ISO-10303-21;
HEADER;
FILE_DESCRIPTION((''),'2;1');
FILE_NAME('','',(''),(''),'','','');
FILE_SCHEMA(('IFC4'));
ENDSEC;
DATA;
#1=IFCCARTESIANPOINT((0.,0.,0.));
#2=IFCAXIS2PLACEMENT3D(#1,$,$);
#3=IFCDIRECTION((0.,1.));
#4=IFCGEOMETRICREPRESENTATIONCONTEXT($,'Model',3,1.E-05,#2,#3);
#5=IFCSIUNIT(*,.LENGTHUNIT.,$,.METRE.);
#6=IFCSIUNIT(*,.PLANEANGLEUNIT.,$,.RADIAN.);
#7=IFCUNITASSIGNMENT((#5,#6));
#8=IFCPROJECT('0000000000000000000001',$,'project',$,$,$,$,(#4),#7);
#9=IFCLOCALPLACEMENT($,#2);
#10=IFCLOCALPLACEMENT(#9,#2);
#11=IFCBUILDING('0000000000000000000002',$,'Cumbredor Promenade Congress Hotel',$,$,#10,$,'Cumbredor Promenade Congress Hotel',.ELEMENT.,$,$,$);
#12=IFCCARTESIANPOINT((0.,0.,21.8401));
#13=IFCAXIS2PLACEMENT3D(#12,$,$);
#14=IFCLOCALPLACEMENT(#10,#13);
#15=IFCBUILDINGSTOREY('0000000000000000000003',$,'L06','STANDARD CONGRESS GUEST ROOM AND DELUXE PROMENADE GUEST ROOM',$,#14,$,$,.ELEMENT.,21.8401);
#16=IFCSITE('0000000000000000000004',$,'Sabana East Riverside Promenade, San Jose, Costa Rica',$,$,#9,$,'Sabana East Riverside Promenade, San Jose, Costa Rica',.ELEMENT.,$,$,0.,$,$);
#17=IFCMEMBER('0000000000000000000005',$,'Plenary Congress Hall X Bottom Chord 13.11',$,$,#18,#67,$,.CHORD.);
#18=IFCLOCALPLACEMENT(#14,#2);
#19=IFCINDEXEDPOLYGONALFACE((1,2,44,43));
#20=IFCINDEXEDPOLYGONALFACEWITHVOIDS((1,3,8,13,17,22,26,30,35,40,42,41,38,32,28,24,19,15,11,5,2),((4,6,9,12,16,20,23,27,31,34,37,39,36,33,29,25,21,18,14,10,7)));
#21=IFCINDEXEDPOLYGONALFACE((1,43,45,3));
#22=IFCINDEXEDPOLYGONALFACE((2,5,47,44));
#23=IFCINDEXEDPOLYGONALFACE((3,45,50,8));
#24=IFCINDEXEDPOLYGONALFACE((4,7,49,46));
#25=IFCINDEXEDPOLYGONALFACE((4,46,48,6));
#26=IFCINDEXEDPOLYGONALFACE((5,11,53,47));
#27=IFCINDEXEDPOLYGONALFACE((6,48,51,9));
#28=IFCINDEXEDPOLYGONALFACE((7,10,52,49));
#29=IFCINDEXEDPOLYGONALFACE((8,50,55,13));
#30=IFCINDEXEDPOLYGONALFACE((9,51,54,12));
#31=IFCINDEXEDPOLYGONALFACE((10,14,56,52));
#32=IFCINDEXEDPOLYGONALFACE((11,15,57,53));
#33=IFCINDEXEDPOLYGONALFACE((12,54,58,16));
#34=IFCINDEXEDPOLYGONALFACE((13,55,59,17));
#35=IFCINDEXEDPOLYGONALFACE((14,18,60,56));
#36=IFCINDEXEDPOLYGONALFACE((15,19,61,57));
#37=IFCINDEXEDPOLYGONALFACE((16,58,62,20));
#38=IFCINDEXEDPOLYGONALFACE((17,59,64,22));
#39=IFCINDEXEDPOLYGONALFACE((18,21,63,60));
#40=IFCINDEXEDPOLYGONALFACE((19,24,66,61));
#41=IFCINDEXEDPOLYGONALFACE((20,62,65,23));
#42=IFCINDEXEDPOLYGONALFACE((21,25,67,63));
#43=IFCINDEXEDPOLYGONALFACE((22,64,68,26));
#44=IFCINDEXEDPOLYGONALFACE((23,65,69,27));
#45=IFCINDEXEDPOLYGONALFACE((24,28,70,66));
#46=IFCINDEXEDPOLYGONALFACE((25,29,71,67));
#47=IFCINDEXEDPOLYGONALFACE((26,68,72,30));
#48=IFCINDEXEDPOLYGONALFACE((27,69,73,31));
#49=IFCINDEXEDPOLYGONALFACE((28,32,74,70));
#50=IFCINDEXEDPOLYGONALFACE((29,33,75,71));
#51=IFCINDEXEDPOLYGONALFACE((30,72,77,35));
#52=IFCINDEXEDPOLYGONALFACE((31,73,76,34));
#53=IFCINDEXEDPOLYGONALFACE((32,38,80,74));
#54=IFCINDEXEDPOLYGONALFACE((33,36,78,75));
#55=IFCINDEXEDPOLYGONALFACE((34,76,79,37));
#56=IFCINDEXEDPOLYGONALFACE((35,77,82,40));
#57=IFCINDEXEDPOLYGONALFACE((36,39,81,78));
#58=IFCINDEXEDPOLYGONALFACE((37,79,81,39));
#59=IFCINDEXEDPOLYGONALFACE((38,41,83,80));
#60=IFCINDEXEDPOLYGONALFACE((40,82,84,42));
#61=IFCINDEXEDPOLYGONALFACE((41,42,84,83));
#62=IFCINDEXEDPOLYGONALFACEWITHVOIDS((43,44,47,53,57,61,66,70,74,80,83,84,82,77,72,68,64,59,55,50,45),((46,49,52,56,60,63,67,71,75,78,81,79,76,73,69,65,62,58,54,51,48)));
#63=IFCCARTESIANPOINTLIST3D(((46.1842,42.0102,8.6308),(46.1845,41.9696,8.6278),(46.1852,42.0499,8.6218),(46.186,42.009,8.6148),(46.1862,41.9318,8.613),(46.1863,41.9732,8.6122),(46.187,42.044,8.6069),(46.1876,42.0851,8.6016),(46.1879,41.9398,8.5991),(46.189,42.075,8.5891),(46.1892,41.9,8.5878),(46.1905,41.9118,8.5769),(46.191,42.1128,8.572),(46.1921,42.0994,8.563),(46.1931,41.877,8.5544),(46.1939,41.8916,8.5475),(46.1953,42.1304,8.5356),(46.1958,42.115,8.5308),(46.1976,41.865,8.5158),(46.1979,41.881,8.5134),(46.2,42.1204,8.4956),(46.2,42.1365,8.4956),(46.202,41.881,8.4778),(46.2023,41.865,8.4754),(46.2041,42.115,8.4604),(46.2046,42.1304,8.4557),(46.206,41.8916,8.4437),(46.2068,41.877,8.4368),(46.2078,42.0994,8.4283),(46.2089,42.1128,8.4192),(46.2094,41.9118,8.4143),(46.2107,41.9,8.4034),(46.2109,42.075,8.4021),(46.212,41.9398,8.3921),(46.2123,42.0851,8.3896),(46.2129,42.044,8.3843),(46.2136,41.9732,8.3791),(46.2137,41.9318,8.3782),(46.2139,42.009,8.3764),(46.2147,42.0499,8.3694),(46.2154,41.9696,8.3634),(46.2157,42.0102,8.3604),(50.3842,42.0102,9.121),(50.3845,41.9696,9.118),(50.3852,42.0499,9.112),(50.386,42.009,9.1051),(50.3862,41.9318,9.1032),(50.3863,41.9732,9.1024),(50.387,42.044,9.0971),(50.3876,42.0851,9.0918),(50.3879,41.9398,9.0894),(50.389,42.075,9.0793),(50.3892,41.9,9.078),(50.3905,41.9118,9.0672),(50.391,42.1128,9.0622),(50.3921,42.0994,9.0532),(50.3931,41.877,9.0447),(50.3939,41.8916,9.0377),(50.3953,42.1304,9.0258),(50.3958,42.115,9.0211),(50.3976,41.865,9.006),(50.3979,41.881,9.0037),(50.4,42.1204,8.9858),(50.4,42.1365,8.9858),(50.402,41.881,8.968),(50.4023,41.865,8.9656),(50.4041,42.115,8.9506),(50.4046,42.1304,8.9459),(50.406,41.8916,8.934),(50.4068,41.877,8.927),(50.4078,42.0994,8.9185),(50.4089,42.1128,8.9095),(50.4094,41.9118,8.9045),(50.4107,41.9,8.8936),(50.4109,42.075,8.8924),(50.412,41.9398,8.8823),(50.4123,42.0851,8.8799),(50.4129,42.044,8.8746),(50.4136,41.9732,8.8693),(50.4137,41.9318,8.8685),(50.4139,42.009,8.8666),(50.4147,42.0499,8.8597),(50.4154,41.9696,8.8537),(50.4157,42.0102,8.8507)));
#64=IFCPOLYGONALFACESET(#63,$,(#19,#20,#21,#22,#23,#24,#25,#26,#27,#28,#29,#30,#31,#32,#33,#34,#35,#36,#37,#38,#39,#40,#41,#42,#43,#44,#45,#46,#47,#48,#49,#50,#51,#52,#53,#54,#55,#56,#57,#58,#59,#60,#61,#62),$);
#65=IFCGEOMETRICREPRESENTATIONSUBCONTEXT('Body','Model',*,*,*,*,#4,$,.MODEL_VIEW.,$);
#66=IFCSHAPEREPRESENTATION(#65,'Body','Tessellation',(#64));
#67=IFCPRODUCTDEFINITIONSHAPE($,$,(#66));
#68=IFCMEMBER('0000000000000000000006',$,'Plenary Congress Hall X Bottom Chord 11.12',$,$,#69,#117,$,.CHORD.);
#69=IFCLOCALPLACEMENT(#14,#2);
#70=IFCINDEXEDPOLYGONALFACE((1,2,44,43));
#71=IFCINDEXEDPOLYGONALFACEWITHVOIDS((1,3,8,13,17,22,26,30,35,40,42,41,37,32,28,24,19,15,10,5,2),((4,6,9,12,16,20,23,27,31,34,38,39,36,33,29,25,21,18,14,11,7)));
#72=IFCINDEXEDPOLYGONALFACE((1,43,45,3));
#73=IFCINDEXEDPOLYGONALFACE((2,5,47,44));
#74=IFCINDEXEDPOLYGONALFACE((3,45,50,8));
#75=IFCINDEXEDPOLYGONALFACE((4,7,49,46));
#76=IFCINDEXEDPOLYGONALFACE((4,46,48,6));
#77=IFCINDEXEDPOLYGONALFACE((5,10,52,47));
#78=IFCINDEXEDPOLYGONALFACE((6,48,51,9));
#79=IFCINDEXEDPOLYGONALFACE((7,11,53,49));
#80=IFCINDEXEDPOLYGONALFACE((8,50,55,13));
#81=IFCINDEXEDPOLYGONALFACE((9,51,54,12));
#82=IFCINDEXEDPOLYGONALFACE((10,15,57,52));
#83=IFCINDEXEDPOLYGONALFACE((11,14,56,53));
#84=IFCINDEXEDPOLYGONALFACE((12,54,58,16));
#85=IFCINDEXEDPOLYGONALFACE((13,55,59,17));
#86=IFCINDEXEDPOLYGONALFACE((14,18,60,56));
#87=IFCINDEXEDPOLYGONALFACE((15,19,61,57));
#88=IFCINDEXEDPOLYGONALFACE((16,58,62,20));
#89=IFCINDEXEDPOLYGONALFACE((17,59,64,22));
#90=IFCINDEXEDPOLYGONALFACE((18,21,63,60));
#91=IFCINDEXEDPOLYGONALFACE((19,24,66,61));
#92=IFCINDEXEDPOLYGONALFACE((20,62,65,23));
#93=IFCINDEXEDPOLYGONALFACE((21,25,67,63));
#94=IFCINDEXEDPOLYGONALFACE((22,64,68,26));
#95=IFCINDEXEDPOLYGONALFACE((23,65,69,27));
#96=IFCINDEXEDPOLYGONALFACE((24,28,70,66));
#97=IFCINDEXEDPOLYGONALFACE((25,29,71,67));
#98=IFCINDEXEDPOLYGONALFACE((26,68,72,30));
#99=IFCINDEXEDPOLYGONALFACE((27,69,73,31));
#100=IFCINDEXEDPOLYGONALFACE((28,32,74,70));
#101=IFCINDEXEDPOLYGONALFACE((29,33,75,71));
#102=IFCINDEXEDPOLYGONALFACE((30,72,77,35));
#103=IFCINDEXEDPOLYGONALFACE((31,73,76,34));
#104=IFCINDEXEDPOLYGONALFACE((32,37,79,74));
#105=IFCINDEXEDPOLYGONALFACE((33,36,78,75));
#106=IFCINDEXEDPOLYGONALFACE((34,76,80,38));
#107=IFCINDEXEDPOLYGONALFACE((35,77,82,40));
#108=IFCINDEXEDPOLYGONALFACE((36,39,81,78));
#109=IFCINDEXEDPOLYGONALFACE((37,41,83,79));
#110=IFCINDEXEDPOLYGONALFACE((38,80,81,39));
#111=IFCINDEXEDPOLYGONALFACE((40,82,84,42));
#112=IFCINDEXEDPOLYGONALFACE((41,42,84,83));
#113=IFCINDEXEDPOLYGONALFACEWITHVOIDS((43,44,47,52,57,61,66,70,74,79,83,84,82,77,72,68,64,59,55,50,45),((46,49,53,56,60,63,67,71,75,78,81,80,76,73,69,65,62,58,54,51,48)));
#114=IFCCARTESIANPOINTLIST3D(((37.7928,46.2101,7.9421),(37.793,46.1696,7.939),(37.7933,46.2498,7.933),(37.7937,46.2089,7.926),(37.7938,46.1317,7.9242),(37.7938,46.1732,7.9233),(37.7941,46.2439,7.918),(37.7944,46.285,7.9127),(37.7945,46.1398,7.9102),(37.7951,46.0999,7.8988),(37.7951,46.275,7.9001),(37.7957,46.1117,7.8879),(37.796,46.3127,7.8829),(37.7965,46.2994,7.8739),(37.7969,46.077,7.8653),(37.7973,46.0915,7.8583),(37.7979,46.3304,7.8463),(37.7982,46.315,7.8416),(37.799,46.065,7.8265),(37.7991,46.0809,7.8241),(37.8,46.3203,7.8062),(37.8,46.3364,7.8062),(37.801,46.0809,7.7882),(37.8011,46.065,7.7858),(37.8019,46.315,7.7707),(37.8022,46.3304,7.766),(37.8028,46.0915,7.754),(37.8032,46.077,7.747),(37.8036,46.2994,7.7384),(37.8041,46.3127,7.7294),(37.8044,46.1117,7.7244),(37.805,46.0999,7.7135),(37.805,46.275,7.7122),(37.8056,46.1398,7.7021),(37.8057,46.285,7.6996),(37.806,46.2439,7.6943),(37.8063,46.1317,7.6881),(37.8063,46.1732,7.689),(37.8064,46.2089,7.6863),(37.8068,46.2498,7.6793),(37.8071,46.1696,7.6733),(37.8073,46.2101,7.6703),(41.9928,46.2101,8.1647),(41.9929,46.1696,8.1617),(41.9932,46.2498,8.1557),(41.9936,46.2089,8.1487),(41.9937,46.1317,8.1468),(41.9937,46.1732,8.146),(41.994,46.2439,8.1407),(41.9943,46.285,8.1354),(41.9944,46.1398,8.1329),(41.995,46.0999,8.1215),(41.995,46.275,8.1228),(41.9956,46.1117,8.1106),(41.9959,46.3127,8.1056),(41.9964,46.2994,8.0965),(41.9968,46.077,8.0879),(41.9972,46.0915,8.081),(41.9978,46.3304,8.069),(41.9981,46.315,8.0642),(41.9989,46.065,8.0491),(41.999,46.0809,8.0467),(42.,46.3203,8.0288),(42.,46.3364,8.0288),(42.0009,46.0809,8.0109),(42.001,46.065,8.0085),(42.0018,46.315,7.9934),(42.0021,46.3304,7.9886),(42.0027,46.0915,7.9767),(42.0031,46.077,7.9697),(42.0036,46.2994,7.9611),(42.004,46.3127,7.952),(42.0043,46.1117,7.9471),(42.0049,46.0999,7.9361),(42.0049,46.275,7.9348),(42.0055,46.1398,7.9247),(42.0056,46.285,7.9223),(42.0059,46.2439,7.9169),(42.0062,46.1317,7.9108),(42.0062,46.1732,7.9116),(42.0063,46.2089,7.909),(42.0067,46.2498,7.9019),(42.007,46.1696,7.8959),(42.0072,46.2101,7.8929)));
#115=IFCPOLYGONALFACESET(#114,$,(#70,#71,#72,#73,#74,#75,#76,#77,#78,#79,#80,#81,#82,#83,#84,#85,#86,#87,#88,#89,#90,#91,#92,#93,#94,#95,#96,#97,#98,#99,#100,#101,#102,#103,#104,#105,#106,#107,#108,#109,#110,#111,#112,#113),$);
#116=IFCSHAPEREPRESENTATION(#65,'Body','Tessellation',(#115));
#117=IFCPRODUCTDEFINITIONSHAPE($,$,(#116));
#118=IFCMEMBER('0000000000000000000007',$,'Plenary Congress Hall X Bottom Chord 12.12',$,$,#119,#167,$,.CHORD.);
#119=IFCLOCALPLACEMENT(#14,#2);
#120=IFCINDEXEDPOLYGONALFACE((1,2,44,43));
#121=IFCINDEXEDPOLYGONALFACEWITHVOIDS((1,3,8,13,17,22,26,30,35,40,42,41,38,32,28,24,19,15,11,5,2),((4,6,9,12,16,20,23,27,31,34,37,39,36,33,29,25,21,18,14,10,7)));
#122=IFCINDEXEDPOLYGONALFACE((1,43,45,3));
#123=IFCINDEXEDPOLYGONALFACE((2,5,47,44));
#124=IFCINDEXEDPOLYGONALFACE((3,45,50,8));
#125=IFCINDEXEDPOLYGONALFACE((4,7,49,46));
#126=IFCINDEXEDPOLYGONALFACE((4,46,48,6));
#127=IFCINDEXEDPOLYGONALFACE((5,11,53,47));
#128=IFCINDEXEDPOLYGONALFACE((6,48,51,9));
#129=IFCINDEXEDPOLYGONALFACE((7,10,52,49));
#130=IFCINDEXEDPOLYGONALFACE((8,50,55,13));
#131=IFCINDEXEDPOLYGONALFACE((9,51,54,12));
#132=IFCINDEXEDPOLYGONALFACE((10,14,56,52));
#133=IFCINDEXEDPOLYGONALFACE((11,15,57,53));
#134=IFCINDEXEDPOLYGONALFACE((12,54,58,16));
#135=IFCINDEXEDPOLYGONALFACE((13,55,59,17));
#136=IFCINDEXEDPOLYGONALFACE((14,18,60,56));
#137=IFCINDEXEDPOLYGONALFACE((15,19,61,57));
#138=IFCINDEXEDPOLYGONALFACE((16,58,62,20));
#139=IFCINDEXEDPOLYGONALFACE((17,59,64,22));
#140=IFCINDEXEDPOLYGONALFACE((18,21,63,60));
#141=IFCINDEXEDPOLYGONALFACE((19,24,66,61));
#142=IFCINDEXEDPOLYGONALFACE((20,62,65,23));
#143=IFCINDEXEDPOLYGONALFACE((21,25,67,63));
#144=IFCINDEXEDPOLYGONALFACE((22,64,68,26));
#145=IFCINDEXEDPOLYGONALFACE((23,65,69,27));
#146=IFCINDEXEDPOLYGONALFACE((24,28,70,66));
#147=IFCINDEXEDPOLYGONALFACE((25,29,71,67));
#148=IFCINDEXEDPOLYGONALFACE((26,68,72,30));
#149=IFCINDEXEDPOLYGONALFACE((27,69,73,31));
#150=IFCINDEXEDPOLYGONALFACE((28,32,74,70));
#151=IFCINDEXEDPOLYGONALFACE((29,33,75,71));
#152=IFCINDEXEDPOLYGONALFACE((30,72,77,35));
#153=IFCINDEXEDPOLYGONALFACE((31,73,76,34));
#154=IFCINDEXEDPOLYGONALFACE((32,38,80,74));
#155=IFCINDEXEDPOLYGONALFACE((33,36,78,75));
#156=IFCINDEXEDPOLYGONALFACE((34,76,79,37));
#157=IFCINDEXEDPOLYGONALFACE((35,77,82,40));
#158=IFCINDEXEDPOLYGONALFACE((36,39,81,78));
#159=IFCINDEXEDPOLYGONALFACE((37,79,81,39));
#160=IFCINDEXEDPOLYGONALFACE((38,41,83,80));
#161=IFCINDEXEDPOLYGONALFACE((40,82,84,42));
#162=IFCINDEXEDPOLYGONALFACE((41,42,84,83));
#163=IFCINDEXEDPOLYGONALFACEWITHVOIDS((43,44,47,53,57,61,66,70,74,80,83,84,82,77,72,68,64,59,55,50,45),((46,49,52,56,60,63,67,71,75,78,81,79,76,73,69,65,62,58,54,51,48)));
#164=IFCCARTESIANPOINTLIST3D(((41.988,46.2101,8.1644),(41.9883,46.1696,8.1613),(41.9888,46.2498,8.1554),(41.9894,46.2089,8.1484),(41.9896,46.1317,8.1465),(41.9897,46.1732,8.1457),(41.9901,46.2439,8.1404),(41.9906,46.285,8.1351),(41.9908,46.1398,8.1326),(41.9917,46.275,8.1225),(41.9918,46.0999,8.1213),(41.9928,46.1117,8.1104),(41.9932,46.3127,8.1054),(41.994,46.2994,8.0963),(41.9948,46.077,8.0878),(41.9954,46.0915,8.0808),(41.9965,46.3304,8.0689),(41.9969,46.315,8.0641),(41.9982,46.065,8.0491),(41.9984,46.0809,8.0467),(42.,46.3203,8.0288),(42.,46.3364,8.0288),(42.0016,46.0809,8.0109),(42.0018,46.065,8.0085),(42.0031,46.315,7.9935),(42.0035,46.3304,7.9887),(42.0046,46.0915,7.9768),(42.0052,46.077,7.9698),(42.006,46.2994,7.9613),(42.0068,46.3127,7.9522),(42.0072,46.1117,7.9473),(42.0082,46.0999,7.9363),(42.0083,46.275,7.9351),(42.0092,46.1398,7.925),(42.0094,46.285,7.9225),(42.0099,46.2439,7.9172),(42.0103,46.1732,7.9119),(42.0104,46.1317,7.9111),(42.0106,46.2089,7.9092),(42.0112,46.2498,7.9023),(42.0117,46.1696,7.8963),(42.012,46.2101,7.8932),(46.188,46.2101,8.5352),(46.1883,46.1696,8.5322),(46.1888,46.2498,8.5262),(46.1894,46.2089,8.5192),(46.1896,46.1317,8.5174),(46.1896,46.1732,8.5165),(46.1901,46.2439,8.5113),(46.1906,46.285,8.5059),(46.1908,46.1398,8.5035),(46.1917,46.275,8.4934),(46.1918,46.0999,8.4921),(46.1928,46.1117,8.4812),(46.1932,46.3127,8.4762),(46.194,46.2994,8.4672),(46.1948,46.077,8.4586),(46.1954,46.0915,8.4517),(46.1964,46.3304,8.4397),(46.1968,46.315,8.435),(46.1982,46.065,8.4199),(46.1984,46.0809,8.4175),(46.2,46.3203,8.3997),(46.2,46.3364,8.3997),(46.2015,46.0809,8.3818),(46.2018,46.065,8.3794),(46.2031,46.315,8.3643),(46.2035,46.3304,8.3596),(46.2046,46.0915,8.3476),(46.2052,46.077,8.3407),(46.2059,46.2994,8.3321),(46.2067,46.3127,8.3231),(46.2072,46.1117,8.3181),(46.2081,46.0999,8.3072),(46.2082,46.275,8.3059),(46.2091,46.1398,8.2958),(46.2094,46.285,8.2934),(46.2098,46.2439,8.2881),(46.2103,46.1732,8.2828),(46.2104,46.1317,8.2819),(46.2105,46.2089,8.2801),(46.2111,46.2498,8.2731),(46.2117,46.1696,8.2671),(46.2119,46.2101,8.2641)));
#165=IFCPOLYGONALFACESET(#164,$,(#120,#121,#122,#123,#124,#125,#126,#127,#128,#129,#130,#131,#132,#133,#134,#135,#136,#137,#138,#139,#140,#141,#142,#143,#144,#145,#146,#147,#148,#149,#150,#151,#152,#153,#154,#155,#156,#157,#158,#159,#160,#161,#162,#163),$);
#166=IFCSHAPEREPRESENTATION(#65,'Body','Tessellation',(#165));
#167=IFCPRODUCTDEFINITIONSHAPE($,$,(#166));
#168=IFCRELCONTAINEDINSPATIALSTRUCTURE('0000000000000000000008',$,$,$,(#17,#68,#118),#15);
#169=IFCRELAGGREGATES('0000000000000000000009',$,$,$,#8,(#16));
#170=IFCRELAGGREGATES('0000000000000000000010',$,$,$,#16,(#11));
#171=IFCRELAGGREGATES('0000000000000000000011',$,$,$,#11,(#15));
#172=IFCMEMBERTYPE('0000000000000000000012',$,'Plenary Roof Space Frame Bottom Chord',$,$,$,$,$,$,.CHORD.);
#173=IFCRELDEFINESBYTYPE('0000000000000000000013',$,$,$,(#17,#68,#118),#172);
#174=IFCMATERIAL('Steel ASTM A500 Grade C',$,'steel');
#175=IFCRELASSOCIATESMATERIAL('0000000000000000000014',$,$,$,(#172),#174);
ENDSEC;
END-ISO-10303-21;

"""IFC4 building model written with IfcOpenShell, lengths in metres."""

from ifc_helpers import new_model, si_unit, direction, frame, origin, origin_2d, place, context, subcontext, project, spatial, hollow_circle, extrude, material, material_profile, profile_set, type_object, element, save


model = new_model("IFC4")

# Units and contexts
model_context = context("Model", 3, precision=1e-05, world=origin(), true_north=direction((0.0, 1.0)))
body_context = subcontext(model_context, "Body", "Model", "MODEL_VIEW")
ifc_project = project(units=[si_unit("LENGTHUNIT", "METRE"), si_unit("PLANEANGLEUNIT", "RADIAN")], contexts=[model_context])

# Site, building, storey
site_placement = place(None, origin())
site = spatial("IfcSite", under=ifc_project, at=site_placement, Name="Sabana East Riverside Promenade, San Jose, Costa Rica", LongName="Sabana East Riverside Promenade, San Jose, Costa Rica", CompositionType="ELEMENT", RefElevation=0.0)
building_placement = place(site_placement, origin())
building = spatial("IfcBuilding", under=site, at=building_placement, Name="Cumbredor Promenade Congress Hotel", LongName="Cumbredor Promenade Congress Hotel", CompositionType="ELEMENT")
storey_placement = place(building_placement, frame((0.0, 0.0, 21.8401)))
storey = spatial("IfcBuildingStorey", under=building, at=storey_placement, Name="L06", Description="STANDARD CONGRESS GUEST ROOM AND DELUXE PROMENADE GUEST ROOM", CompositionType="ELEMENT", Elevation=21.8401)

# Members
ifc_material_1 = material(Name="Steel ASTM A500 Grade C", Category="steel")
ifc_material_profile_1 = material_profile(ifc_material_1, hollow_circle(Radius=0.1365, WallThickness=0.0161, at=origin_2d()), Name="CHS 273.0x16")
ifc_profile_set_1 = profile_set([ifc_material_profile_1], Name="Steel ASTM A500 Grade C")
member_type_1 = type_object("IfcMemberType", Name="Plenary Roof Space Frame Bottom Chord", PredefinedType="CHORD", material=ifc_profile_set_1)
member_1_placement = place(storey_placement, frame((46.2, 42.0, 8.4956), z_axis=(0.993257, 0.0, 0.115937), x_axis=(0.0, 1.0, 0.0)))
element("IfcMember", 1, at=member_1_placement, inside=storey, type_object=member_type_1, Name="Plenary Congress Hall X Bottom Chord 13.11", PredefinedType="CHORD", context=body_context, shape_type="SweptSolid", body=[
    extrude(hollow_circle(Radius=0.1365, WallThickness=0.0161, at=origin_2d()), origin(), (0.0, 0.0, 1.0), 4.2285),
])
member_2_placement = place(storey_placement, frame((37.8, 46.2, 7.8062), z_axis=(0.998598, 0.0, 0.05294), x_axis=(0.0, 1.0, 0.0)))
element("IfcMember", 2, at=member_2_placement, inside=storey, type_object=member_type_1, Name="Plenary Congress Hall X Bottom Chord 11.12", PredefinedType="CHORD", context=body_context, shape_type="SweptSolid", body=[
    extrude(hollow_circle(Radius=0.1365, WallThickness=0.0161, at=origin_2d()), origin(), (0.0, 0.0, 1.0), 4.2058),
])
member_3_placement = place(storey_placement, frame((42.0, 46.2, 8.0288), z_axis=(0.996124, 0.0, 0.087956), x_axis=(0.0, 1.0, 0.0)))
element("IfcMember", 3, at=member_3_placement, inside=storey, type_object=member_type_1, Name="Plenary Congress Hall X Bottom Chord 12.12", PredefinedType="CHORD", context=body_context, shape_type="SweptSolid", body=[
    extrude(hollow_circle(Radius=0.1365, WallThickness=0.0161, at=origin_2d()), origin(), (0.0, 0.0, 1.0), 4.2163),
])

save(model, "model.ifc")
